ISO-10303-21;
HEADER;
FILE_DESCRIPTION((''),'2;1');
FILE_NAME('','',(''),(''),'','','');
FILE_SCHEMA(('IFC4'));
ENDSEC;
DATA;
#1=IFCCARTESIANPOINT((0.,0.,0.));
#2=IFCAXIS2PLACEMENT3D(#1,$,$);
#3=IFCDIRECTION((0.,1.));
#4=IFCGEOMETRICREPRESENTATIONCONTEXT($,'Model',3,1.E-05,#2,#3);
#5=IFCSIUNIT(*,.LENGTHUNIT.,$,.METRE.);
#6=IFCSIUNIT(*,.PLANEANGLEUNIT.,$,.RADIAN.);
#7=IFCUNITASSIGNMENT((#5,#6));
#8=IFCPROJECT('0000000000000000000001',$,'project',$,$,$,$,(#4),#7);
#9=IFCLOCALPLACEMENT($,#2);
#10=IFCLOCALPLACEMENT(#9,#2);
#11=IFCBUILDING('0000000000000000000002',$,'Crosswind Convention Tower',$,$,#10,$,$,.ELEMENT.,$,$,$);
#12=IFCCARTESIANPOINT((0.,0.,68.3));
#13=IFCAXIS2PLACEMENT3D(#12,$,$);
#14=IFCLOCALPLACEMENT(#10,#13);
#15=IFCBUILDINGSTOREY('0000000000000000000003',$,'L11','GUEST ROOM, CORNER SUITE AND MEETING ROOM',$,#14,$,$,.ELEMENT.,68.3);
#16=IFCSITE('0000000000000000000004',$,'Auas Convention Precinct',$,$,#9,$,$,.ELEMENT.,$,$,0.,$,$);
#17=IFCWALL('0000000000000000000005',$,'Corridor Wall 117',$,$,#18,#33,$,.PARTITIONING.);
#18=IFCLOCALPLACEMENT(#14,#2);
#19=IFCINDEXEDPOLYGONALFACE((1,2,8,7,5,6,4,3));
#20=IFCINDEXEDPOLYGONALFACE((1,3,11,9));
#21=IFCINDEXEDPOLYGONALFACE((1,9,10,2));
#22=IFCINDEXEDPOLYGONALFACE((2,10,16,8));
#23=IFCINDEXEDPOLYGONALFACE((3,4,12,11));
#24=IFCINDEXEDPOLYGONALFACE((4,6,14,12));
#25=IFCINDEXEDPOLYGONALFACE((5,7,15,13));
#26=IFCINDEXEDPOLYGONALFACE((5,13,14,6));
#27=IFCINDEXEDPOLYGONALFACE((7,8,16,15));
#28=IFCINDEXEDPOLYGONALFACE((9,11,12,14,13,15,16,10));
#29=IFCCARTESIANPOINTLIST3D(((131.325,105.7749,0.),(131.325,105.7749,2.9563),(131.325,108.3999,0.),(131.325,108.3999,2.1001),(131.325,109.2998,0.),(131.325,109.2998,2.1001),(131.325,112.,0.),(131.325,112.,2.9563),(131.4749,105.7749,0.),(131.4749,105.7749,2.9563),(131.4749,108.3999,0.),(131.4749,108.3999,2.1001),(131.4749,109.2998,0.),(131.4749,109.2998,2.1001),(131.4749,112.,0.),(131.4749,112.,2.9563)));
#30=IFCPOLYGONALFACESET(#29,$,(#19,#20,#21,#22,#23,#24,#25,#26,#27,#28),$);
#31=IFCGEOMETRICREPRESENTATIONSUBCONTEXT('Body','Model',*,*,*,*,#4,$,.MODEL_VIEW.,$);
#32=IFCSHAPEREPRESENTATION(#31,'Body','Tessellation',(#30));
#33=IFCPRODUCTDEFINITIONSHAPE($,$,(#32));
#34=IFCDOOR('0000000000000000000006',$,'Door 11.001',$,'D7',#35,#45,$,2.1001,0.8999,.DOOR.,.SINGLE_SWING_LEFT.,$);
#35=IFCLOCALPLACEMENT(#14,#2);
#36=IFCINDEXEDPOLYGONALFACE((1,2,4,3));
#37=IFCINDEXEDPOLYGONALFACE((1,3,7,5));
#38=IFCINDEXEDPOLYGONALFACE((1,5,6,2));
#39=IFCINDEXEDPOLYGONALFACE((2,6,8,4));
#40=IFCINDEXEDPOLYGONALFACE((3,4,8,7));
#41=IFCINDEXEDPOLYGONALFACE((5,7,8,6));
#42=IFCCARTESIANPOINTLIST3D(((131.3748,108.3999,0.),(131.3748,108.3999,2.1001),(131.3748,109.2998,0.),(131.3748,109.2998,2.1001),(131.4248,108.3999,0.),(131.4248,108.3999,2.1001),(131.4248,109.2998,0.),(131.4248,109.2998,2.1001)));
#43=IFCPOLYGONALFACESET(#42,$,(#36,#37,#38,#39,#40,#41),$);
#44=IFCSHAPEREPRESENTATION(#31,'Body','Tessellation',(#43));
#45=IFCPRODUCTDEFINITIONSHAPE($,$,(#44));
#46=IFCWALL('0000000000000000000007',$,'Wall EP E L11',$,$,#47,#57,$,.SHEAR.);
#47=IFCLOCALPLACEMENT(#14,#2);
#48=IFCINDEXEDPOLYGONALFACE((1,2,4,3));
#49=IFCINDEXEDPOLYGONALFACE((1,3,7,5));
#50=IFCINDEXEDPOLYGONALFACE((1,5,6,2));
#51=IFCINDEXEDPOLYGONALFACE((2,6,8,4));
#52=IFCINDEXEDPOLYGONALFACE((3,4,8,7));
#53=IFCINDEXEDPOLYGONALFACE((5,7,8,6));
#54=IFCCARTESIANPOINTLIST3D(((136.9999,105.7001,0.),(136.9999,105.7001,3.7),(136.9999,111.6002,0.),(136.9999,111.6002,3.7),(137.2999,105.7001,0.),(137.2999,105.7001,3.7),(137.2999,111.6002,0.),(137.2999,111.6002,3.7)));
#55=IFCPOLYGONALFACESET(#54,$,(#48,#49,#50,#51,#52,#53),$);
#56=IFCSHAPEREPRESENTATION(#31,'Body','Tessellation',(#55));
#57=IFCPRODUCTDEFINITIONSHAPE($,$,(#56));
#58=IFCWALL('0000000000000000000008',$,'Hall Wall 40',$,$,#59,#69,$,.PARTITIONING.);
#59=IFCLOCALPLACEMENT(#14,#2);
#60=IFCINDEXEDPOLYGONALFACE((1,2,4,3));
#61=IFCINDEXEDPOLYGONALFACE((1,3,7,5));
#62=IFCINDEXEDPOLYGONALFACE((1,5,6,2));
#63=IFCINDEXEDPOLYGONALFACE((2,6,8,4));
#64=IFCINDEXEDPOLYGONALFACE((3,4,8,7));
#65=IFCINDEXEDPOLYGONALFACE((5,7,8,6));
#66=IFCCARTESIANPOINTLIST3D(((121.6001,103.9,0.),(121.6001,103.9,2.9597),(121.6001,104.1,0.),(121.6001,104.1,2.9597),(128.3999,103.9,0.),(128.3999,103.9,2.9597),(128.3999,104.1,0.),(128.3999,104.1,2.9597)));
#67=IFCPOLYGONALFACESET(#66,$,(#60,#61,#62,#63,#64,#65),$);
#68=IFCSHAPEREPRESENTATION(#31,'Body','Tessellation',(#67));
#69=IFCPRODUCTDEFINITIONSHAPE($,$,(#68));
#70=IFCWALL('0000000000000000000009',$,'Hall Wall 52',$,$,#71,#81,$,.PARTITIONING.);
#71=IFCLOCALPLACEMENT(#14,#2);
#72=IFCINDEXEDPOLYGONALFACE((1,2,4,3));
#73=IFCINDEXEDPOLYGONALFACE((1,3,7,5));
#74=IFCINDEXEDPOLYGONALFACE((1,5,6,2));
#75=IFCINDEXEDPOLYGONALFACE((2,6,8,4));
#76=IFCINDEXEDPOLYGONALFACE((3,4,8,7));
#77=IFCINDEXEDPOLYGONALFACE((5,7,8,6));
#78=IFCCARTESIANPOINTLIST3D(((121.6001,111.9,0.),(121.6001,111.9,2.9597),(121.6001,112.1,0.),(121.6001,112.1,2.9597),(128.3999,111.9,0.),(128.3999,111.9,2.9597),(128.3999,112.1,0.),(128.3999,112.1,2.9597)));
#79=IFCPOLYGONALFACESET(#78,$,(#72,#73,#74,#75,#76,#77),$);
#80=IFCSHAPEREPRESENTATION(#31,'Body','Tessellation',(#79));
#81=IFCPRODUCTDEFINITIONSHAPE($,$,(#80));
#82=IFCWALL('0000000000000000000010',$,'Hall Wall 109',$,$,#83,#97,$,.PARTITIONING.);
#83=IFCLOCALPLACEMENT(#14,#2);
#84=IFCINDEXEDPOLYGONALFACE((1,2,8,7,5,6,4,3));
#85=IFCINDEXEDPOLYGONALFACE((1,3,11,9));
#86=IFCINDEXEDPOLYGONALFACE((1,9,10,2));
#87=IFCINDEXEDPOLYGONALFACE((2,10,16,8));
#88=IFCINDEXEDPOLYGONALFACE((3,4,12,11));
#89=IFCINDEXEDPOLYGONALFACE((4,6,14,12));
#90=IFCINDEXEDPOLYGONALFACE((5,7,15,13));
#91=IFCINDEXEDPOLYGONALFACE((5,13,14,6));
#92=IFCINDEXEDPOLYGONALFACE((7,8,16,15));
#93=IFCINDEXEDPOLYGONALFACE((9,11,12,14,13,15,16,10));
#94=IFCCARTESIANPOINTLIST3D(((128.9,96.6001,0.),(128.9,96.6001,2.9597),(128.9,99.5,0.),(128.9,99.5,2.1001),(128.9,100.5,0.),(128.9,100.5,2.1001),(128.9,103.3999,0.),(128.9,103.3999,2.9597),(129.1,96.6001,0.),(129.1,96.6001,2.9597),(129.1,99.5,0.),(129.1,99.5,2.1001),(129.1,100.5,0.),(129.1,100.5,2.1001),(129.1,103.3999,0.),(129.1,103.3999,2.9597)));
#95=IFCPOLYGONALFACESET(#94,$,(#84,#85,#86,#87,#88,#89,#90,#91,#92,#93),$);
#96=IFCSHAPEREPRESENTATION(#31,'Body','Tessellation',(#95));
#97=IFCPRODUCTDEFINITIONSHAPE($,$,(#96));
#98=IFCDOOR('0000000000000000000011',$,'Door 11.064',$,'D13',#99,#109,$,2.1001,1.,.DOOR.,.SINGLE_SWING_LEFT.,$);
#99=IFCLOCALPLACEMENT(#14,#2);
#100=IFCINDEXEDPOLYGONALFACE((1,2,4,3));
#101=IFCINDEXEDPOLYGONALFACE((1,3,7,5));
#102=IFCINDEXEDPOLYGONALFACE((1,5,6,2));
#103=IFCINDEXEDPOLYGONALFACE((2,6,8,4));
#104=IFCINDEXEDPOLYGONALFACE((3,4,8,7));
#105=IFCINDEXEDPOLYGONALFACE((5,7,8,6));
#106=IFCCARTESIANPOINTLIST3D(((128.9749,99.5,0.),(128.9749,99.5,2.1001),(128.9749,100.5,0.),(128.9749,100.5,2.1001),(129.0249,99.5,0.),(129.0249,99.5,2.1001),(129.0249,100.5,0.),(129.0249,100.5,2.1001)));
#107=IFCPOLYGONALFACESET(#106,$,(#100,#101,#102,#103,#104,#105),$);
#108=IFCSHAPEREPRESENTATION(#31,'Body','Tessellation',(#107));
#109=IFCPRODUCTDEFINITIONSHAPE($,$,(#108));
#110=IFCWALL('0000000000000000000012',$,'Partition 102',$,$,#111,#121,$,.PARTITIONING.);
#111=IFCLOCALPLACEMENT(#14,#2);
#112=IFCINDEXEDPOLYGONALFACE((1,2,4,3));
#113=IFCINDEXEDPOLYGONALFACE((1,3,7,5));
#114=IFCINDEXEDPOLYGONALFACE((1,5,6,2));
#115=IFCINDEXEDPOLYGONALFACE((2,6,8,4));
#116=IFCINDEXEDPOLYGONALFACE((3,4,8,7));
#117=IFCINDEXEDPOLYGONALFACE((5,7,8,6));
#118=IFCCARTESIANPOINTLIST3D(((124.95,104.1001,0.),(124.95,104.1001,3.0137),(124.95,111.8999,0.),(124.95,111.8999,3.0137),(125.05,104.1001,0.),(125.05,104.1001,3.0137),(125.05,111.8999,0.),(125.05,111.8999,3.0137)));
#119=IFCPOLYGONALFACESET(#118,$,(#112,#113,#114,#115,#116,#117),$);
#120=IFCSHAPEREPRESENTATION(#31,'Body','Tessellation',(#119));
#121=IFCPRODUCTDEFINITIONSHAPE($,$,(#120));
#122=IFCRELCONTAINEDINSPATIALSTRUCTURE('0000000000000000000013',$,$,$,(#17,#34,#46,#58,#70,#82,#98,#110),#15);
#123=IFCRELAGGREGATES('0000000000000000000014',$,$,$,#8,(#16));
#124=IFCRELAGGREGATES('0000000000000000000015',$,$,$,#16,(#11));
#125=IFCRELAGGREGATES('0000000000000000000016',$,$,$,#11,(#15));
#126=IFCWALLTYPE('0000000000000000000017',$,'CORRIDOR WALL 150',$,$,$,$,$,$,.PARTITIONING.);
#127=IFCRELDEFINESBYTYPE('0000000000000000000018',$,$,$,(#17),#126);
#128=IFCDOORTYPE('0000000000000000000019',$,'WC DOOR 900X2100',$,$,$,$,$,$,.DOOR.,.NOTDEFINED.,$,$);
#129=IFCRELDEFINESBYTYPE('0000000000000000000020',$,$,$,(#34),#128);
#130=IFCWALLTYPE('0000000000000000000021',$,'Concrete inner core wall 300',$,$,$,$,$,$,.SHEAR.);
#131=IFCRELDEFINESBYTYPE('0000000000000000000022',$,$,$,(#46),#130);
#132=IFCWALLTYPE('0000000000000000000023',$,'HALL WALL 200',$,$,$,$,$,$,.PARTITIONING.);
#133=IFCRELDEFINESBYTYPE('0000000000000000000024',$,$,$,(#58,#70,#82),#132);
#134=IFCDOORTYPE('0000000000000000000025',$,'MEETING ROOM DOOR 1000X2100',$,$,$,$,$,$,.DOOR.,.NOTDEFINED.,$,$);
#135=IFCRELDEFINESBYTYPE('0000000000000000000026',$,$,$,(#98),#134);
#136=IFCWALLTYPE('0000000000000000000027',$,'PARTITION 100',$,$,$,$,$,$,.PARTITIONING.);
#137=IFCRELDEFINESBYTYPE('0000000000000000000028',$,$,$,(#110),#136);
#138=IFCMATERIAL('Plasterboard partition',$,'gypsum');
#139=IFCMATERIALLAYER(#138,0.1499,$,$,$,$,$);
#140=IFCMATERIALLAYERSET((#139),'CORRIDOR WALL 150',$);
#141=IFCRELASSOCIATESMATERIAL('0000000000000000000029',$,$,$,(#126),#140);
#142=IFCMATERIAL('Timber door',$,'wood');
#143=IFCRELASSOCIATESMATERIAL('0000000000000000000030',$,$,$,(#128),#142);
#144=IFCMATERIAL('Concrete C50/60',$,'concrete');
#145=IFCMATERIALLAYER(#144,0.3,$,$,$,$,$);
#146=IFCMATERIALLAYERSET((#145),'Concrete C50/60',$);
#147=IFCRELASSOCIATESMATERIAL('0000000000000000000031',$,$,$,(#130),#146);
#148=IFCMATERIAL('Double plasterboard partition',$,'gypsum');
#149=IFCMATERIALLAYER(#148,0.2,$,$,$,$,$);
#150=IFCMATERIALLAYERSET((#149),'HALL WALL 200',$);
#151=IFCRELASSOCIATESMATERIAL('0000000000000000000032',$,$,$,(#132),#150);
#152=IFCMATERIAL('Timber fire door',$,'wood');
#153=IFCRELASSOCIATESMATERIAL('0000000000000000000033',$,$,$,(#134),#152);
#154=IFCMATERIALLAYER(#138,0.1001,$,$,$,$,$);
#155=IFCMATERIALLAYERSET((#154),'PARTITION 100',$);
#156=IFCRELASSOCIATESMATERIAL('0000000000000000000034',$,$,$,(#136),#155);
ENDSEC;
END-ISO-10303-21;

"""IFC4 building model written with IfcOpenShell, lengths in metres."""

from ifc_helpers import new_model, si_unit, direction, frame, frame_2d, origin, place, context, subcontext, project, spatial, rectangle, extrude, material, layer, layer_set, type_object, element, fill, save


model = new_model("IFC4")

# Units and contexts
model_context = context("Model", 3, precision=1e-05, world=origin(), true_north=direction((0.0, 1.0)))
body_context = subcontext(model_context, "Body", "Model", "MODEL_VIEW")
ifc_project = project(units=[si_unit("LENGTHUNIT", "METRE"), si_unit("PLANEANGLEUNIT", "RADIAN")], contexts=[model_context])

# Site, building, storey
site_placement = place(None, origin())
site = spatial("IfcSite", under=ifc_project, at=site_placement, Name="Auas Convention Precinct", CompositionType="ELEMENT", RefElevation=0.0)
building_placement = place(site_placement, origin())
building = spatial("IfcBuilding", under=site, at=building_placement, Name="Crosswind Convention Tower", CompositionType="ELEMENT")
storey_placement = place(building_placement, frame((0.0, 0.0, 68.3)))
storey = spatial("IfcBuildingStorey", under=building, at=storey_placement, Name="L11", Description="GUEST ROOM, CORNER SUITE AND MEETING ROOM", CompositionType="ELEMENT", Elevation=68.3)

# Shared definitions
ifc_material_1 = material(Name="Plasterboard partition", Category="gypsum")
ifc_layer_1 = layer(ifc_material_1, 0.1499)
ifc_layer_set_1 = layer_set([ifc_layer_1], Name="CORRIDOR WALL 150")
wall_type_1 = type_object("IfcWallType", Name="CORRIDOR WALL 150", PredefinedType="PARTITIONING", material=ifc_layer_set_1)

# Wall, opening, door
ifc_material_2 = material(Name="Timber fire door", Category="wood")
wall_1_placement = place(storey_placement, frame((131.3999, 105.7749, 0.0), z_axis=(0.0, 0.0, 1.0), x_axis=(0.0, 1.0, 0.0)))
wall_1 = element("IfcWall", 1, at=wall_1_placement, inside=storey, type_object=wall_type_1, Name="Corridor Wall 117", PredefinedType="PARTITIONING", context=body_context, shape_type="SweptSolid", body=[
    extrude(rectangle(XDim=6.2251, YDim=0.1499, at=frame_2d((3.1125, 0.0))), origin(), (0.0, 0.0, 1.0), 2.9563),
])
opening_1_placement = place(wall_1_placement, frame((2.625, 0.0, 0.0)))
opening_1 = element("IfcOpeningElement", 2, at=opening_1_placement, cuts=wall_1, PredefinedType="OPENING", context=body_context, shape_type="SweptSolid", body=[
    extrude(rectangle(XDim=0.8999, YDim=2.1001, at=frame_2d((0.45, 1.05))), frame((0.0, 0.085, 0.0), z_axis=(0.0, -1.0, 0.0), x_axis=(1.0, 0.0, 0.0)), (0.0, 0.0, 1.0), 0.1699),
])
ifc_material_3 = material(Name="Timber door", Category="wood")
door_type_1 = type_object("IfcDoorType", Name="WC DOOR 900X2100", OperationType="NOTDEFINED", PredefinedType="DOOR", material=ifc_material_3)
door_1_placement = place(opening_1_placement, frame((0.8999, 0.0, 0.0), z_axis=(0.0, 0.0, 1.0), x_axis=(-1.0, 0.0, 0.0)))
door_1 = element("IfcDoor", 3, at=door_1_placement, inside=storey, type_object=door_type_1, Name="Door 11.001", ObjectType="D7", OperationType="SINGLE_SWING_LEFT", OverallHeight=2.1001, OverallWidth=0.8999, PredefinedType="DOOR", context=body_context, shape_type="SweptSolid", body=[
    extrude(rectangle(XDim=0.8999, YDim=2.1001, at=frame_2d((0.45, 1.05))), frame((0.0, 0.0249, 0.0), z_axis=(0.0, -1.0, 0.0), x_axis=(1.0, 0.0, 0.0)), (0.0, 0.0, 1.0), 0.05),
])
fill(opening_1, door_1)

# Walls
ifc_material_4 = material(Name="Concrete C50/60", Category="concrete")
ifc_layer_2 = layer(ifc_material_4, 0.3)
ifc_layer_set_2 = layer_set([ifc_layer_2], Name="Concrete C50/60")
wall_type_2 = type_object("IfcWallType", Name="Concrete inner core wall 300", PredefinedType="SHEAR", material=ifc_layer_set_2)
wall_2_placement = place(storey_placement, frame((137.1499, 105.7, 0.0), z_axis=(0.0, 0.0, 1.0), x_axis=(0.0, 1.0, 0.0)))
element("IfcWall", 4, at=wall_2_placement, inside=storey, type_object=wall_type_2, Name="Wall EP E L11", PredefinedType="SHEAR", context=body_context, shape_type="SweptSolid", body=[
    extrude(rectangle(XDim=5.9001, YDim=0.3, at=frame_2d((2.9502, 0.0))), origin(), (0.0, 0.0, 1.0), 3.7),
])
ifc_material_5 = material(Name="Double plasterboard partition", Category="gypsum")
ifc_layer_3 = layer(ifc_material_5, 0.2)
ifc_layer_set_3 = layer_set([ifc_layer_3], Name="HALL WALL 200")
wall_type_3 = type_object("IfcWallType", Name="HALL WALL 200", PredefinedType="PARTITIONING", material=ifc_layer_set_3)
for number, where, z_axis, x_axis, name in (
    (5, (121.6001, 104.0, 0.0), (0.0, 0.0, 1.0), (1.0, 0.0, 0.0), "Hall Wall 40"),
    (6, (121.6001, 112.0, 0.0), (0.0, 0.0, 1.0), (1.0, 0.0, 0.0), "Hall Wall 52"),
):
    element("IfcWall", number, at=place(storey_placement, frame(where, z_axis=z_axis, x_axis=x_axis)), inside=storey, type_object=wall_type_3, Name=name, PredefinedType="PARTITIONING", context=body_context, shape_type="SweptSolid", body=[
        extrude(rectangle(XDim=6.7998, YDim=0.2, at=frame_2d((3.3999, 0.0))), origin(), (0.0, 0.0, 1.0), 2.9597),
    ])

# Wall, opening, door
wall_3_placement = place(storey_placement, frame((129.0, 96.6001, 0.0), z_axis=(0.0, 0.0, 1.0), x_axis=(0.0, 1.0, 0.0)))
wall_3 = element("IfcWall", 7, at=wall_3_placement, inside=storey, type_object=wall_type_3, Name="Hall Wall 109", PredefinedType="PARTITIONING", context=body_context, shape_type="SweptSolid", body=[
    extrude(rectangle(XDim=6.7998, YDim=0.2, at=frame_2d((3.3999, 0.0))), origin(), (0.0, 0.0, 1.0), 2.9597),
])
opening_2_placement = place(wall_3_placement, frame((2.8999, 0.0, 0.0)))
opening_2 = element("IfcOpeningElement", 8, at=opening_2_placement, cuts=wall_3, PredefinedType="OPENING", context=body_context, shape_type="SweptSolid", body=[
    extrude(rectangle(XDim=1.0, YDim=2.1001, at=frame_2d((0.5, 1.05))), frame((0.0, 0.1099, 0.0), z_axis=(0.0, -1.0, 0.0), x_axis=(1.0, 0.0, 0.0)), (0.0, 0.0, 1.0), 0.22),
])
door_type_2 = type_object("IfcDoorType", Name="MEETING ROOM DOOR 1000X2100", OperationType="NOTDEFINED", PredefinedType="DOOR", material=ifc_material_2)
door_2_placement = place(opening_2_placement, frame((1.0, 0.0, 0.0), z_axis=(0.0, 0.0, 1.0), x_axis=(-1.0, 0.0, 0.0)))
door_2 = element("IfcDoor", 9, at=door_2_placement, inside=storey, type_object=door_type_2, Name="Door 11.064", ObjectType="D13", OperationType="SINGLE_SWING_LEFT", OverallHeight=2.1001, OverallWidth=1.0, PredefinedType="DOOR", context=body_context, shape_type="SweptSolid", body=[
    extrude(rectangle(XDim=1.0, YDim=2.1001, at=frame_2d((0.5, 1.05))), frame((0.0, 0.0249, 0.0), z_axis=(0.0, -1.0, 0.0), x_axis=(1.0, 0.0, 0.0)), (0.0, 0.0, 1.0), 0.05),
])
fill(opening_2, door_2)

# Wall
ifc_layer_4 = layer(ifc_material_1, 0.1001)
ifc_layer_set_4 = layer_set([ifc_layer_4], Name="PARTITION 100")
wall_type_4 = type_object("IfcWallType", Name="PARTITION 100", PredefinedType="PARTITIONING", material=ifc_layer_set_4)
wall_4_placement = place(storey_placement, frame((125.0, 104.1001, 0.0), z_axis=(0.0, 0.0, 1.0), x_axis=(0.0, 1.0, 0.0)))
element("IfcWall", 10, at=wall_4_placement, inside=storey, type_object=wall_type_4, Name="Partition 102", PredefinedType="PARTITIONING", context=body_context, shape_type="SweptSolid", body=[
    extrude(rectangle(XDim=7.7998, YDim=0.1001, at=frame_2d((3.8999, 0.0))), origin(), (0.0, 0.0, 1.0), 3.0137),
])

save(model, "model.ifc")
